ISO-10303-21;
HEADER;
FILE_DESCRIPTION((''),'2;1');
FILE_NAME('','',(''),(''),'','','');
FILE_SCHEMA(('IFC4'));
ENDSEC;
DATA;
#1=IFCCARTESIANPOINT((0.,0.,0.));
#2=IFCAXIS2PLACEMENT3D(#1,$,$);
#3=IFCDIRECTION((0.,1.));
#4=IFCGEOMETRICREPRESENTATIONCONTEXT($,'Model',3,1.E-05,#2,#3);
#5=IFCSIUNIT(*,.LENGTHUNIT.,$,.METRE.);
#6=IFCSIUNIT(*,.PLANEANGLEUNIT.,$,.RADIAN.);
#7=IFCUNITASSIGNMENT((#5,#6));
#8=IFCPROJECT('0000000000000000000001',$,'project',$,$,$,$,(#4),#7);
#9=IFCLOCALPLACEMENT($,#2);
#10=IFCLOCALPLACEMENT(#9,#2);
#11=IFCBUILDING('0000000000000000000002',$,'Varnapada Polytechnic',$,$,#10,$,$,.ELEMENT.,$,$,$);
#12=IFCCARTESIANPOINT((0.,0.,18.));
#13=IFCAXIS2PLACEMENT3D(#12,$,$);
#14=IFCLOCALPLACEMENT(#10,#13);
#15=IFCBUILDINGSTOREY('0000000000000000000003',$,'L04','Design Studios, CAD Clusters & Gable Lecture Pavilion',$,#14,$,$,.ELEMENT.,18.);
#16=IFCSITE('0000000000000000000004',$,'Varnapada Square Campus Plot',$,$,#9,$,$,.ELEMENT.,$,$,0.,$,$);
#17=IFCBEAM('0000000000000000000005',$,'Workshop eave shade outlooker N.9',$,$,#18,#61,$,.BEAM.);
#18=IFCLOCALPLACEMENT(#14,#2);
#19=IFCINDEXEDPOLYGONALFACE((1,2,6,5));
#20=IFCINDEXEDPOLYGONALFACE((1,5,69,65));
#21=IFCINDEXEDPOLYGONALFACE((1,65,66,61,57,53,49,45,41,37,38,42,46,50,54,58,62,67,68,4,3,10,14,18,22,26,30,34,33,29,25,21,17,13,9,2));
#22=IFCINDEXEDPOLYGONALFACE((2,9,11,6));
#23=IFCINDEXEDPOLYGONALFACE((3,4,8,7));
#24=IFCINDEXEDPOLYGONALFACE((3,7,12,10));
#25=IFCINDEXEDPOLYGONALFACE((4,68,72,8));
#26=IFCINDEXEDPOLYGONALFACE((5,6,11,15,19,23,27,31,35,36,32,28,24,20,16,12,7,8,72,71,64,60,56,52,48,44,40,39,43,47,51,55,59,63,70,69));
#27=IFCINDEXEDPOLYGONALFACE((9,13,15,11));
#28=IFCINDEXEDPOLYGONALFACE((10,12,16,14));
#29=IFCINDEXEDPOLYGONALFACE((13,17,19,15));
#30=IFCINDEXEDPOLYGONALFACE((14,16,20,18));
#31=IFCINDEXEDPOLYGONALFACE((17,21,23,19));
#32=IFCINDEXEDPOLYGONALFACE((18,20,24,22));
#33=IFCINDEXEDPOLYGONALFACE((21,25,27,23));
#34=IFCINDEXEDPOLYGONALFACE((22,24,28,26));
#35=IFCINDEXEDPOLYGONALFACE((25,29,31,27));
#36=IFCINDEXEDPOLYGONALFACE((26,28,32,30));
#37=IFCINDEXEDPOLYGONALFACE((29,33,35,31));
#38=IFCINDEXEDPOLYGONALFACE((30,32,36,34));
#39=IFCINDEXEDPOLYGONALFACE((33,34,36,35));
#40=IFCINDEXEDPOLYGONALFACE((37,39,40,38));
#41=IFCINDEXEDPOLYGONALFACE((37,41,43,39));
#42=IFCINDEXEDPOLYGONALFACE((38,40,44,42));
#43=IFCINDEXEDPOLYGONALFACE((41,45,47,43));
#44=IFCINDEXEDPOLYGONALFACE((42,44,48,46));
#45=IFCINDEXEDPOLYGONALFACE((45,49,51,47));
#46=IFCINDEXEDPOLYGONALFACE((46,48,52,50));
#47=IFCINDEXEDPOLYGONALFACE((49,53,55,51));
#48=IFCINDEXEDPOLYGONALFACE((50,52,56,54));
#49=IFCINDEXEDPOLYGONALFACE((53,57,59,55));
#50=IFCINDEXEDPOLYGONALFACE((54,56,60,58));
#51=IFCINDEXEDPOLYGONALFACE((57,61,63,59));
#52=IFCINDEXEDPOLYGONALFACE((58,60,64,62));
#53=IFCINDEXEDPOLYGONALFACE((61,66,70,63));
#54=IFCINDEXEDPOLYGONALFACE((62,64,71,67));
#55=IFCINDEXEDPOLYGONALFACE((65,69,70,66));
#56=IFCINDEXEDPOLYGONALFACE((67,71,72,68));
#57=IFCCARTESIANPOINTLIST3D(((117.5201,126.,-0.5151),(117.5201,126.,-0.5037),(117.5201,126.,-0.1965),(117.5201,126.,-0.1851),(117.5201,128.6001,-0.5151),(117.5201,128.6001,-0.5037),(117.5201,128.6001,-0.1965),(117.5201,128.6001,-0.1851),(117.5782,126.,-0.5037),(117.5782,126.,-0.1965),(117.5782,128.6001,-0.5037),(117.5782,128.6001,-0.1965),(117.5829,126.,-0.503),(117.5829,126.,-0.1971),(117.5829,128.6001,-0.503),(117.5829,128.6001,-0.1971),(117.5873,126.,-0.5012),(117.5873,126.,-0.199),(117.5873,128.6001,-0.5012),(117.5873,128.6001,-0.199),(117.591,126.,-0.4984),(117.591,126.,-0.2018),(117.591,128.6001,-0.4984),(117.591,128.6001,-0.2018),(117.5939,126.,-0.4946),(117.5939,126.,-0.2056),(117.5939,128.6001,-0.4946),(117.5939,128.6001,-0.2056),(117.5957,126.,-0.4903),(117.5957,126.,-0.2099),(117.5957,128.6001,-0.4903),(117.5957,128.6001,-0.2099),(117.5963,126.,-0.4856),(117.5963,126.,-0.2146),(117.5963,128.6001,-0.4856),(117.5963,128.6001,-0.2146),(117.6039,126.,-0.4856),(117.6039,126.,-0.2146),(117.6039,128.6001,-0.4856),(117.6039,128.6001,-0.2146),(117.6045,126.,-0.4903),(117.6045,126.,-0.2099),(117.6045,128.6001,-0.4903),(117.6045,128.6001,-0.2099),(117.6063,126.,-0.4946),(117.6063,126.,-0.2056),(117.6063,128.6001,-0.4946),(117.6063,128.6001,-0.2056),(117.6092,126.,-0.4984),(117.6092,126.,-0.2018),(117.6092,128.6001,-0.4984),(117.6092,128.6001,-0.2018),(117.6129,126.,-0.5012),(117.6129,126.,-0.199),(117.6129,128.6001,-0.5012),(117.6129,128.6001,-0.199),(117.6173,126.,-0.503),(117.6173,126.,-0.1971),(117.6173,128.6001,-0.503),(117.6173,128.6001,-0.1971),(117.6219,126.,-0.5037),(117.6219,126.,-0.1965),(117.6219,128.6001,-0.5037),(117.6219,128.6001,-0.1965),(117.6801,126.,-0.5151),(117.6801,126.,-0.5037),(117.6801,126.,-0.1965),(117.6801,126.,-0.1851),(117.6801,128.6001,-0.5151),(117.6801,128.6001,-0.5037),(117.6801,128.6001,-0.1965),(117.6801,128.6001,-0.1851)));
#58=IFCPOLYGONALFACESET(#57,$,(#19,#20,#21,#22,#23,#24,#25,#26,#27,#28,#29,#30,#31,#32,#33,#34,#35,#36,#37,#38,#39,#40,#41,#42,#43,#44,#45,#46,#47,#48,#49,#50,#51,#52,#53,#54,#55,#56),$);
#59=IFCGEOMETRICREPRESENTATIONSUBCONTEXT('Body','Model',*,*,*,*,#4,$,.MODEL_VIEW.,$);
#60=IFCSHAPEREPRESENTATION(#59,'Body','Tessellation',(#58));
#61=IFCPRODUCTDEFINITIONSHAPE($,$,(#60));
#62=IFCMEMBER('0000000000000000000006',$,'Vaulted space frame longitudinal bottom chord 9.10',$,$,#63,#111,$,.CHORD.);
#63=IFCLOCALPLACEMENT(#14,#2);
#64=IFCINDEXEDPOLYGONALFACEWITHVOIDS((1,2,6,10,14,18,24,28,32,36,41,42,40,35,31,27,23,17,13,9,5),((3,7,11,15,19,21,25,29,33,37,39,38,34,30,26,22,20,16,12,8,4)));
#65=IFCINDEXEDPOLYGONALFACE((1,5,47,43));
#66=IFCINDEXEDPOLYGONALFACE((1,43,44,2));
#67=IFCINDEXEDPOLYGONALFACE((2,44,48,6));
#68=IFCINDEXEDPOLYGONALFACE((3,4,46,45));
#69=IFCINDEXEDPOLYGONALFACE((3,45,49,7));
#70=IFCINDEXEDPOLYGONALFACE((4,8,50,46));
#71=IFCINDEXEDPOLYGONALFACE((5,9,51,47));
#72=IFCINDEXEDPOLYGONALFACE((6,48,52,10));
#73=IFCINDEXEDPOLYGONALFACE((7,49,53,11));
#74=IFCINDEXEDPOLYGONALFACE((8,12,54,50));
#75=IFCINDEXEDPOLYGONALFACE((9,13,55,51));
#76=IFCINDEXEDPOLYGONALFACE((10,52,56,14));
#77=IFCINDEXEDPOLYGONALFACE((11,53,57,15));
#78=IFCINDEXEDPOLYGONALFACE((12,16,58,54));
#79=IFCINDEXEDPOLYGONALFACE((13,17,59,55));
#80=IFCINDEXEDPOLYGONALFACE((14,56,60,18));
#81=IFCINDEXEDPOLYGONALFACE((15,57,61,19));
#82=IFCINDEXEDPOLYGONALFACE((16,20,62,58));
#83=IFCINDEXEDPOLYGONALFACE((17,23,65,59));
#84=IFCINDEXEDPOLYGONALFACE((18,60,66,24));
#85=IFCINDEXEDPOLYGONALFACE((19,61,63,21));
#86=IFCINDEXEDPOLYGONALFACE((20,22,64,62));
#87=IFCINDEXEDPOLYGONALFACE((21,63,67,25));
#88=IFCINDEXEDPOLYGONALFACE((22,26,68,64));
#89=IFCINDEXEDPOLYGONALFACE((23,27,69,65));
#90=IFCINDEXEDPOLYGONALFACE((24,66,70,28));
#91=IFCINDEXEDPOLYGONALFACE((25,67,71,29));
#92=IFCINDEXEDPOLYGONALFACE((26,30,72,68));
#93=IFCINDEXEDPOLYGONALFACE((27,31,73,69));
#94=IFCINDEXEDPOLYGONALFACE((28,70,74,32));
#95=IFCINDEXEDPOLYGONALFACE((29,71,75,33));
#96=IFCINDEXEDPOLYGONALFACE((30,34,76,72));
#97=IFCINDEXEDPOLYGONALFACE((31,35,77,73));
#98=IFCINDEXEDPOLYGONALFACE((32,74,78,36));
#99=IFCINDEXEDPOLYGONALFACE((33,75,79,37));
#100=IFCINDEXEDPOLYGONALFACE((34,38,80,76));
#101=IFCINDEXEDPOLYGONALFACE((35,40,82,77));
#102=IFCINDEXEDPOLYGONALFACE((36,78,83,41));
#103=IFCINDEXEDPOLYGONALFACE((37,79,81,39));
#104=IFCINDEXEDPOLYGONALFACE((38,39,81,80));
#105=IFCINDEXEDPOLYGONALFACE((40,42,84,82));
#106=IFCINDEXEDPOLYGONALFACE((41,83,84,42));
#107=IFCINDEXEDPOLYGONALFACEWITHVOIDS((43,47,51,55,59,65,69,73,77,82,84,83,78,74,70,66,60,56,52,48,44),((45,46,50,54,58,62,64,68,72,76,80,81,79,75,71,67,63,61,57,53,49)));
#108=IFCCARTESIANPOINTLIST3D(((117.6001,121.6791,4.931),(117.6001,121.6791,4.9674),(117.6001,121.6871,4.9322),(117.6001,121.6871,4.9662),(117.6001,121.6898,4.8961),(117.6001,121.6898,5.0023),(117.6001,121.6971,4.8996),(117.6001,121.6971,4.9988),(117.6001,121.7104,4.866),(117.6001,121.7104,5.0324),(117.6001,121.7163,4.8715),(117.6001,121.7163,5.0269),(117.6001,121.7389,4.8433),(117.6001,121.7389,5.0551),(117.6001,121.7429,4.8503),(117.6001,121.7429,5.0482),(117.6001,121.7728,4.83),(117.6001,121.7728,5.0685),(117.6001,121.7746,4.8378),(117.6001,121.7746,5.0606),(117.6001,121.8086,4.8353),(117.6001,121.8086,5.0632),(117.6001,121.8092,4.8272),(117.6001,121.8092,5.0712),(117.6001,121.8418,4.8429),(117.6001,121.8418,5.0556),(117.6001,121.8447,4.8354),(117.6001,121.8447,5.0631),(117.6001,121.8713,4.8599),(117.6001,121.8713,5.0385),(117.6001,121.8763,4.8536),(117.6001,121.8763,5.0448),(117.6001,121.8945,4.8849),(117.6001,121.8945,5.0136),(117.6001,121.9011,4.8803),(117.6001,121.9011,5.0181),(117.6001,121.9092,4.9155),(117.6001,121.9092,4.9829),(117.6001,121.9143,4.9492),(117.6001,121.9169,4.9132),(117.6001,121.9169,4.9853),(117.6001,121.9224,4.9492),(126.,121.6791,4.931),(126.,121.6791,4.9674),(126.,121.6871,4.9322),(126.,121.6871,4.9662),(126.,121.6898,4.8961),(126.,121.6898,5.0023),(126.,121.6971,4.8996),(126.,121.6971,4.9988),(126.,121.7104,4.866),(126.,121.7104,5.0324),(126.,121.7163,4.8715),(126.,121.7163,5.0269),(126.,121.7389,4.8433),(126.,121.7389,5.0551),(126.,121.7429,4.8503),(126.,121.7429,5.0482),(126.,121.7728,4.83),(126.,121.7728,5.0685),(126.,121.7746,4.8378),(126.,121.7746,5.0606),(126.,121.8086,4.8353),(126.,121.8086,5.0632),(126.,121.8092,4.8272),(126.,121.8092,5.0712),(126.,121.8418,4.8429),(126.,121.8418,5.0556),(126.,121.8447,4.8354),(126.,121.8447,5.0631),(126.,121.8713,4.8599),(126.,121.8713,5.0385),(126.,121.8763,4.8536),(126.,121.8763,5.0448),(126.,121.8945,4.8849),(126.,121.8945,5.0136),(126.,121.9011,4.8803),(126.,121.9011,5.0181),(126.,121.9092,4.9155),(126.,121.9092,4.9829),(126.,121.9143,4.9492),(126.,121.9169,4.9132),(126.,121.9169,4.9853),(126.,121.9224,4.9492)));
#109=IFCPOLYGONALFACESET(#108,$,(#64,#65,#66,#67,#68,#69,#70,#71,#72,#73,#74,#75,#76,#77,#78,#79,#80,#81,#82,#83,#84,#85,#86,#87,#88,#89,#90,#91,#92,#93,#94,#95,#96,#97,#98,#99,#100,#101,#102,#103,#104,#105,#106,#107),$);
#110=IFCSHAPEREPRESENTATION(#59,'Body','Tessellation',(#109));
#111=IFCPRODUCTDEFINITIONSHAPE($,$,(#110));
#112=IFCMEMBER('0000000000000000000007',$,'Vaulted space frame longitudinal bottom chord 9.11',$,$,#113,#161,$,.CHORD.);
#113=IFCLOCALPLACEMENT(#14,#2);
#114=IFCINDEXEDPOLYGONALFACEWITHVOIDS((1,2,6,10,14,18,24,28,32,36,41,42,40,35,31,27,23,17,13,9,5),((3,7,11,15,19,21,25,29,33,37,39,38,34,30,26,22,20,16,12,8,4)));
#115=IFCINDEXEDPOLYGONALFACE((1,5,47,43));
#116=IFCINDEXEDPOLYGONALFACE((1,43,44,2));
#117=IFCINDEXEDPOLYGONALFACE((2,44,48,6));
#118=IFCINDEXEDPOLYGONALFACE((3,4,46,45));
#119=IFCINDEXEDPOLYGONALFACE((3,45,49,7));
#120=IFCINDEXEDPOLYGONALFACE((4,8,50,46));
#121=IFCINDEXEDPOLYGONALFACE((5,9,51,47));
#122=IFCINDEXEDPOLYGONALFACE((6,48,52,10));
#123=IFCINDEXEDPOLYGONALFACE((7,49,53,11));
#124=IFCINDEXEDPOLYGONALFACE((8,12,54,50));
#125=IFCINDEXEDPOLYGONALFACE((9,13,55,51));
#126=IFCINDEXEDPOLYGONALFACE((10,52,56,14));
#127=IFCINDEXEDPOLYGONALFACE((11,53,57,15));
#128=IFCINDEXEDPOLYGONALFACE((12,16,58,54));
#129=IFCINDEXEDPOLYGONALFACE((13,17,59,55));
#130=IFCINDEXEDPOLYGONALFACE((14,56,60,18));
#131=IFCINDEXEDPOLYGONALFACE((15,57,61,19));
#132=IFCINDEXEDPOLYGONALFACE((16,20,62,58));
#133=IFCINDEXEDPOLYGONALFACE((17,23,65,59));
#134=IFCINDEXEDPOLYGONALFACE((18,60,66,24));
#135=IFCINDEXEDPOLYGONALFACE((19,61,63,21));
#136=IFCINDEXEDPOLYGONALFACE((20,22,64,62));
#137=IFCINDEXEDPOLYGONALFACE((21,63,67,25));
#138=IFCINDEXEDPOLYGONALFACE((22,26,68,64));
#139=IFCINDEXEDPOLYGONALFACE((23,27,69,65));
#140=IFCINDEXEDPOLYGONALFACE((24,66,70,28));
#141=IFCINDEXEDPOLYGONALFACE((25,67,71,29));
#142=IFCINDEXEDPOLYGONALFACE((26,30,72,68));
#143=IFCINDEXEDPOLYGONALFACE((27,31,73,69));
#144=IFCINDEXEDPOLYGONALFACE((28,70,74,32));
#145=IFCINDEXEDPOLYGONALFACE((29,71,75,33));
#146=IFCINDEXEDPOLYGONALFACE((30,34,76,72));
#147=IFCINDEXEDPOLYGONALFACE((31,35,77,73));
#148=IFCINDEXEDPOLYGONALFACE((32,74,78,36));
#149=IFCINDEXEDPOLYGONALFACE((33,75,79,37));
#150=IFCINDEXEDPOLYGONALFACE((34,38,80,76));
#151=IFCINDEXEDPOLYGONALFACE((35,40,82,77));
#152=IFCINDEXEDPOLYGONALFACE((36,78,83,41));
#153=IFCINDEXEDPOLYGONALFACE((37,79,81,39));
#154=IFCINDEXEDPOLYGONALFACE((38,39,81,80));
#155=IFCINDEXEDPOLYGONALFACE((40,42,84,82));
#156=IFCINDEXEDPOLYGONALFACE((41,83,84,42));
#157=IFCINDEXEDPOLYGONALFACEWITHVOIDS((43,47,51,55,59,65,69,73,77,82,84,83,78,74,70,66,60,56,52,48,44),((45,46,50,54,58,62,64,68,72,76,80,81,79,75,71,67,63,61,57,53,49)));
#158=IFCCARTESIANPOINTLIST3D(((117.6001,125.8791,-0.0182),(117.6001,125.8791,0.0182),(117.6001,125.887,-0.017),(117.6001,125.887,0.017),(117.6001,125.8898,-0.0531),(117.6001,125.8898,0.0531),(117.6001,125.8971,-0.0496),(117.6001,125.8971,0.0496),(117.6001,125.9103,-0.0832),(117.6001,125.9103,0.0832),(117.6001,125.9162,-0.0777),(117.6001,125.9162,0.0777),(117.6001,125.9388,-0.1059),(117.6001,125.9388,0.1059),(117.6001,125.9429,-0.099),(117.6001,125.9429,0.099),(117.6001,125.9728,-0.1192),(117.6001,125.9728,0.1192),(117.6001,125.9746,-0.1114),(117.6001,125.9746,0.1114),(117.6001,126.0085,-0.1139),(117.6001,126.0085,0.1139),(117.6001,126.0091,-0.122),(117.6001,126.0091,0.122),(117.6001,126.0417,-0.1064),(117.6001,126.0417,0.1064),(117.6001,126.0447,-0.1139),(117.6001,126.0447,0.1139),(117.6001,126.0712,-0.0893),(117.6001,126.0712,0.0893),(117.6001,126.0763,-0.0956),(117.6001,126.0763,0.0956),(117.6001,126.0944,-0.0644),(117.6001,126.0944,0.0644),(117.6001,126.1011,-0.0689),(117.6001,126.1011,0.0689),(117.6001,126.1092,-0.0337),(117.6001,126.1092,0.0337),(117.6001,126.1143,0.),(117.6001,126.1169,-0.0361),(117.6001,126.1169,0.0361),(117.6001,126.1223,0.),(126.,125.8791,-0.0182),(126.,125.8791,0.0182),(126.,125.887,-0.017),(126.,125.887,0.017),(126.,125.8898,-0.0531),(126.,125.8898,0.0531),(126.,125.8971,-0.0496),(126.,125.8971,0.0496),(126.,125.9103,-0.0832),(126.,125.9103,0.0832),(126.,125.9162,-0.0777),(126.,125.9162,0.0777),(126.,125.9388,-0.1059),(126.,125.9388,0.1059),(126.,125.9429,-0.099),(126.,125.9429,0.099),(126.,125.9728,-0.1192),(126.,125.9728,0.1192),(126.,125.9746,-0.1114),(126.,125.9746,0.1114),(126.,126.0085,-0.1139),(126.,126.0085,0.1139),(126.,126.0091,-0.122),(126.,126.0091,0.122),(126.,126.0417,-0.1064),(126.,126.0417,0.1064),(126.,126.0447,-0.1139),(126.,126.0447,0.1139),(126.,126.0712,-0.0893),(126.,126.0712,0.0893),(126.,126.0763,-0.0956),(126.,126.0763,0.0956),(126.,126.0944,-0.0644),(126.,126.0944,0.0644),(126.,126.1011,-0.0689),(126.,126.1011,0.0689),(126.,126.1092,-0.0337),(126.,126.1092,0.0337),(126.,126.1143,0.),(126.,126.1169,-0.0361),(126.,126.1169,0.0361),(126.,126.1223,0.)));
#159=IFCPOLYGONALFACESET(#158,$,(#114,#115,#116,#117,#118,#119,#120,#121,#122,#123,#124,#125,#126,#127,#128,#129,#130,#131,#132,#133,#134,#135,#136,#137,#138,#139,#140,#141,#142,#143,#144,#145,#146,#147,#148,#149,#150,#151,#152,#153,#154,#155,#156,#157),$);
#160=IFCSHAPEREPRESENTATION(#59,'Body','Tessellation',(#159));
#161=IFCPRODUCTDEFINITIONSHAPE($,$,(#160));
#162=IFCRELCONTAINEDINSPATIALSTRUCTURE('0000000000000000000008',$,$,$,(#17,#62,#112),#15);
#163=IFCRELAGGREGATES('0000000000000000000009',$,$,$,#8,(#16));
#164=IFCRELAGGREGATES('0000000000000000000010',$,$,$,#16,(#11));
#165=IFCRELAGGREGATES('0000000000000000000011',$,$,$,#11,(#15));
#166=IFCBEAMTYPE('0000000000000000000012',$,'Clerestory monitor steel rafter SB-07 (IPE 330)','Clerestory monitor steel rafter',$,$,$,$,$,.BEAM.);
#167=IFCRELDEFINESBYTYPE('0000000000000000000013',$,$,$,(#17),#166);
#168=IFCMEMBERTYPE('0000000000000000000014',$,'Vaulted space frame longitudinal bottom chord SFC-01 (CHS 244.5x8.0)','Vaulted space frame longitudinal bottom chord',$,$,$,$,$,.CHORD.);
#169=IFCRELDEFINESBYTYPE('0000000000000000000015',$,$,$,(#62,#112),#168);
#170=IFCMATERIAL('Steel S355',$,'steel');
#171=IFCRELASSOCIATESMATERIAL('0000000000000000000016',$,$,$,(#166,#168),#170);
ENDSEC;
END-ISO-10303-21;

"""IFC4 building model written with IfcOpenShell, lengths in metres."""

from ifc_helpers import new_model, si_unit, direction, frame, origin, origin_2d, place, context, subcontext, project, spatial, hollow_circle, i_section, extrude, material, material_profile, profile_set, type_object, element, save


model = new_model("IFC4")

# Units and contexts
model_context = context("Model", 3, precision=1e-05, world=origin(), true_north=direction((0.0, 1.0)))
body_context = subcontext(model_context, "Body", "Model", "MODEL_VIEW")
ifc_project = project(units=[si_unit("LENGTHUNIT", "METRE"), si_unit("PLANEANGLEUNIT", "RADIAN")], contexts=[model_context])

# Site, building, storey
site_placement = place(None, origin())
site = spatial("IfcSite", under=ifc_project, at=site_placement, Name="Varnapada Square Campus Plot", CompositionType="ELEMENT", RefElevation=0.0)
building_placement = place(site_placement, origin())
building = spatial("IfcBuilding", under=site, at=building_placement, Name="Varnapada Polytechnic", CompositionType="ELEMENT")
storey_placement = place(building_placement, frame((0.0, 0.0, 18.0)))
storey = spatial("IfcBuildingStorey", under=building, at=storey_placement, Name="L04", Description="Design Studios, CAD Clusters & Gable Lecture Pavilion", CompositionType="ELEMENT", Elevation=18.0)

# Beam
ifc_material = material(Name="Steel S355", Category="steel")
ifc_material_profile_1 = material_profile(ifc_material, i_section(OverallWidth=0.1599, OverallDepth=0.3301, WebThickness=0.0076, FlangeThickness=0.0115, FilletRadius=0.0181, at=origin_2d()), Name="IPE 330")
ifc_profile_set_1 = profile_set([ifc_material_profile_1], Name="Steel S355")
beam_type_1 = type_object("IfcBeamType", Name="Clerestory monitor steel rafter SB-07 (IPE 330)", Description="Clerestory monitor steel rafter", PredefinedType="BEAM", material=ifc_profile_set_1)
beam_1_placement = place(storey_placement, frame((117.6001, 126.0, -0.3501), z_axis=(0.0, 1.0, 0.0), x_axis=(-1.0, 0.0, 0.0)))
element("IfcBeam", 1, at=beam_1_placement, inside=storey, type_object=beam_type_1, Name="Workshop eave shade outlooker N.9", PredefinedType="BEAM", context=body_context, shape_type="SweptSolid", body=[
    extrude(i_section(OverallWidth=0.1599, OverallDepth=0.3301, WebThickness=0.0076, FlangeThickness=0.0115, FilletRadius=0.0181, at=origin_2d()), origin(), (0.0, 0.0, 1.0), 2.6001),
])

# Members
ifc_material_profile_2 = material_profile(ifc_material, hollow_circle(Radius=0.1223, WallThickness=0.0081, at=origin_2d()), Name="CHS 244.5x8.0")
ifc_profile_set_2 = profile_set([ifc_material_profile_2], Name="Steel S355")
member_type_1 = type_object("IfcMemberType", Name="Vaulted space frame longitudinal bottom chord SFC-01 (CHS 244.5x8.0)", Description="Vaulted space frame longitudinal bottom chord", PredefinedType="CHORD", material=ifc_profile_set_2)
for number, where, z_axis, x_axis, name in (
    (2, (117.6001, 121.8, 4.9492), (1.0, 0.0, 0.0), (0.0, 1.0, 0.0), "Vaulted space frame longitudinal bottom chord 9.10"),
    (3, (117.6001, 126.0, 0.0), (1.0, 0.0, 0.0), (0.0, 1.0, 0.0), "Vaulted space frame longitudinal bottom chord 9.11"),
):
    element("IfcMember", number, at=place(storey_placement, frame(where, z_axis=z_axis, x_axis=x_axis)), inside=storey, type_object=member_type_1, Name=name, PredefinedType="CHORD", context=body_context, shape_type="SweptSolid", body=[
        extrude(hollow_circle(Radius=0.1223, WallThickness=0.0081, at=origin_2d()), origin(), (0.0, 0.0, 1.0), 8.3999),
    ])

save(model, "model.ifc")
